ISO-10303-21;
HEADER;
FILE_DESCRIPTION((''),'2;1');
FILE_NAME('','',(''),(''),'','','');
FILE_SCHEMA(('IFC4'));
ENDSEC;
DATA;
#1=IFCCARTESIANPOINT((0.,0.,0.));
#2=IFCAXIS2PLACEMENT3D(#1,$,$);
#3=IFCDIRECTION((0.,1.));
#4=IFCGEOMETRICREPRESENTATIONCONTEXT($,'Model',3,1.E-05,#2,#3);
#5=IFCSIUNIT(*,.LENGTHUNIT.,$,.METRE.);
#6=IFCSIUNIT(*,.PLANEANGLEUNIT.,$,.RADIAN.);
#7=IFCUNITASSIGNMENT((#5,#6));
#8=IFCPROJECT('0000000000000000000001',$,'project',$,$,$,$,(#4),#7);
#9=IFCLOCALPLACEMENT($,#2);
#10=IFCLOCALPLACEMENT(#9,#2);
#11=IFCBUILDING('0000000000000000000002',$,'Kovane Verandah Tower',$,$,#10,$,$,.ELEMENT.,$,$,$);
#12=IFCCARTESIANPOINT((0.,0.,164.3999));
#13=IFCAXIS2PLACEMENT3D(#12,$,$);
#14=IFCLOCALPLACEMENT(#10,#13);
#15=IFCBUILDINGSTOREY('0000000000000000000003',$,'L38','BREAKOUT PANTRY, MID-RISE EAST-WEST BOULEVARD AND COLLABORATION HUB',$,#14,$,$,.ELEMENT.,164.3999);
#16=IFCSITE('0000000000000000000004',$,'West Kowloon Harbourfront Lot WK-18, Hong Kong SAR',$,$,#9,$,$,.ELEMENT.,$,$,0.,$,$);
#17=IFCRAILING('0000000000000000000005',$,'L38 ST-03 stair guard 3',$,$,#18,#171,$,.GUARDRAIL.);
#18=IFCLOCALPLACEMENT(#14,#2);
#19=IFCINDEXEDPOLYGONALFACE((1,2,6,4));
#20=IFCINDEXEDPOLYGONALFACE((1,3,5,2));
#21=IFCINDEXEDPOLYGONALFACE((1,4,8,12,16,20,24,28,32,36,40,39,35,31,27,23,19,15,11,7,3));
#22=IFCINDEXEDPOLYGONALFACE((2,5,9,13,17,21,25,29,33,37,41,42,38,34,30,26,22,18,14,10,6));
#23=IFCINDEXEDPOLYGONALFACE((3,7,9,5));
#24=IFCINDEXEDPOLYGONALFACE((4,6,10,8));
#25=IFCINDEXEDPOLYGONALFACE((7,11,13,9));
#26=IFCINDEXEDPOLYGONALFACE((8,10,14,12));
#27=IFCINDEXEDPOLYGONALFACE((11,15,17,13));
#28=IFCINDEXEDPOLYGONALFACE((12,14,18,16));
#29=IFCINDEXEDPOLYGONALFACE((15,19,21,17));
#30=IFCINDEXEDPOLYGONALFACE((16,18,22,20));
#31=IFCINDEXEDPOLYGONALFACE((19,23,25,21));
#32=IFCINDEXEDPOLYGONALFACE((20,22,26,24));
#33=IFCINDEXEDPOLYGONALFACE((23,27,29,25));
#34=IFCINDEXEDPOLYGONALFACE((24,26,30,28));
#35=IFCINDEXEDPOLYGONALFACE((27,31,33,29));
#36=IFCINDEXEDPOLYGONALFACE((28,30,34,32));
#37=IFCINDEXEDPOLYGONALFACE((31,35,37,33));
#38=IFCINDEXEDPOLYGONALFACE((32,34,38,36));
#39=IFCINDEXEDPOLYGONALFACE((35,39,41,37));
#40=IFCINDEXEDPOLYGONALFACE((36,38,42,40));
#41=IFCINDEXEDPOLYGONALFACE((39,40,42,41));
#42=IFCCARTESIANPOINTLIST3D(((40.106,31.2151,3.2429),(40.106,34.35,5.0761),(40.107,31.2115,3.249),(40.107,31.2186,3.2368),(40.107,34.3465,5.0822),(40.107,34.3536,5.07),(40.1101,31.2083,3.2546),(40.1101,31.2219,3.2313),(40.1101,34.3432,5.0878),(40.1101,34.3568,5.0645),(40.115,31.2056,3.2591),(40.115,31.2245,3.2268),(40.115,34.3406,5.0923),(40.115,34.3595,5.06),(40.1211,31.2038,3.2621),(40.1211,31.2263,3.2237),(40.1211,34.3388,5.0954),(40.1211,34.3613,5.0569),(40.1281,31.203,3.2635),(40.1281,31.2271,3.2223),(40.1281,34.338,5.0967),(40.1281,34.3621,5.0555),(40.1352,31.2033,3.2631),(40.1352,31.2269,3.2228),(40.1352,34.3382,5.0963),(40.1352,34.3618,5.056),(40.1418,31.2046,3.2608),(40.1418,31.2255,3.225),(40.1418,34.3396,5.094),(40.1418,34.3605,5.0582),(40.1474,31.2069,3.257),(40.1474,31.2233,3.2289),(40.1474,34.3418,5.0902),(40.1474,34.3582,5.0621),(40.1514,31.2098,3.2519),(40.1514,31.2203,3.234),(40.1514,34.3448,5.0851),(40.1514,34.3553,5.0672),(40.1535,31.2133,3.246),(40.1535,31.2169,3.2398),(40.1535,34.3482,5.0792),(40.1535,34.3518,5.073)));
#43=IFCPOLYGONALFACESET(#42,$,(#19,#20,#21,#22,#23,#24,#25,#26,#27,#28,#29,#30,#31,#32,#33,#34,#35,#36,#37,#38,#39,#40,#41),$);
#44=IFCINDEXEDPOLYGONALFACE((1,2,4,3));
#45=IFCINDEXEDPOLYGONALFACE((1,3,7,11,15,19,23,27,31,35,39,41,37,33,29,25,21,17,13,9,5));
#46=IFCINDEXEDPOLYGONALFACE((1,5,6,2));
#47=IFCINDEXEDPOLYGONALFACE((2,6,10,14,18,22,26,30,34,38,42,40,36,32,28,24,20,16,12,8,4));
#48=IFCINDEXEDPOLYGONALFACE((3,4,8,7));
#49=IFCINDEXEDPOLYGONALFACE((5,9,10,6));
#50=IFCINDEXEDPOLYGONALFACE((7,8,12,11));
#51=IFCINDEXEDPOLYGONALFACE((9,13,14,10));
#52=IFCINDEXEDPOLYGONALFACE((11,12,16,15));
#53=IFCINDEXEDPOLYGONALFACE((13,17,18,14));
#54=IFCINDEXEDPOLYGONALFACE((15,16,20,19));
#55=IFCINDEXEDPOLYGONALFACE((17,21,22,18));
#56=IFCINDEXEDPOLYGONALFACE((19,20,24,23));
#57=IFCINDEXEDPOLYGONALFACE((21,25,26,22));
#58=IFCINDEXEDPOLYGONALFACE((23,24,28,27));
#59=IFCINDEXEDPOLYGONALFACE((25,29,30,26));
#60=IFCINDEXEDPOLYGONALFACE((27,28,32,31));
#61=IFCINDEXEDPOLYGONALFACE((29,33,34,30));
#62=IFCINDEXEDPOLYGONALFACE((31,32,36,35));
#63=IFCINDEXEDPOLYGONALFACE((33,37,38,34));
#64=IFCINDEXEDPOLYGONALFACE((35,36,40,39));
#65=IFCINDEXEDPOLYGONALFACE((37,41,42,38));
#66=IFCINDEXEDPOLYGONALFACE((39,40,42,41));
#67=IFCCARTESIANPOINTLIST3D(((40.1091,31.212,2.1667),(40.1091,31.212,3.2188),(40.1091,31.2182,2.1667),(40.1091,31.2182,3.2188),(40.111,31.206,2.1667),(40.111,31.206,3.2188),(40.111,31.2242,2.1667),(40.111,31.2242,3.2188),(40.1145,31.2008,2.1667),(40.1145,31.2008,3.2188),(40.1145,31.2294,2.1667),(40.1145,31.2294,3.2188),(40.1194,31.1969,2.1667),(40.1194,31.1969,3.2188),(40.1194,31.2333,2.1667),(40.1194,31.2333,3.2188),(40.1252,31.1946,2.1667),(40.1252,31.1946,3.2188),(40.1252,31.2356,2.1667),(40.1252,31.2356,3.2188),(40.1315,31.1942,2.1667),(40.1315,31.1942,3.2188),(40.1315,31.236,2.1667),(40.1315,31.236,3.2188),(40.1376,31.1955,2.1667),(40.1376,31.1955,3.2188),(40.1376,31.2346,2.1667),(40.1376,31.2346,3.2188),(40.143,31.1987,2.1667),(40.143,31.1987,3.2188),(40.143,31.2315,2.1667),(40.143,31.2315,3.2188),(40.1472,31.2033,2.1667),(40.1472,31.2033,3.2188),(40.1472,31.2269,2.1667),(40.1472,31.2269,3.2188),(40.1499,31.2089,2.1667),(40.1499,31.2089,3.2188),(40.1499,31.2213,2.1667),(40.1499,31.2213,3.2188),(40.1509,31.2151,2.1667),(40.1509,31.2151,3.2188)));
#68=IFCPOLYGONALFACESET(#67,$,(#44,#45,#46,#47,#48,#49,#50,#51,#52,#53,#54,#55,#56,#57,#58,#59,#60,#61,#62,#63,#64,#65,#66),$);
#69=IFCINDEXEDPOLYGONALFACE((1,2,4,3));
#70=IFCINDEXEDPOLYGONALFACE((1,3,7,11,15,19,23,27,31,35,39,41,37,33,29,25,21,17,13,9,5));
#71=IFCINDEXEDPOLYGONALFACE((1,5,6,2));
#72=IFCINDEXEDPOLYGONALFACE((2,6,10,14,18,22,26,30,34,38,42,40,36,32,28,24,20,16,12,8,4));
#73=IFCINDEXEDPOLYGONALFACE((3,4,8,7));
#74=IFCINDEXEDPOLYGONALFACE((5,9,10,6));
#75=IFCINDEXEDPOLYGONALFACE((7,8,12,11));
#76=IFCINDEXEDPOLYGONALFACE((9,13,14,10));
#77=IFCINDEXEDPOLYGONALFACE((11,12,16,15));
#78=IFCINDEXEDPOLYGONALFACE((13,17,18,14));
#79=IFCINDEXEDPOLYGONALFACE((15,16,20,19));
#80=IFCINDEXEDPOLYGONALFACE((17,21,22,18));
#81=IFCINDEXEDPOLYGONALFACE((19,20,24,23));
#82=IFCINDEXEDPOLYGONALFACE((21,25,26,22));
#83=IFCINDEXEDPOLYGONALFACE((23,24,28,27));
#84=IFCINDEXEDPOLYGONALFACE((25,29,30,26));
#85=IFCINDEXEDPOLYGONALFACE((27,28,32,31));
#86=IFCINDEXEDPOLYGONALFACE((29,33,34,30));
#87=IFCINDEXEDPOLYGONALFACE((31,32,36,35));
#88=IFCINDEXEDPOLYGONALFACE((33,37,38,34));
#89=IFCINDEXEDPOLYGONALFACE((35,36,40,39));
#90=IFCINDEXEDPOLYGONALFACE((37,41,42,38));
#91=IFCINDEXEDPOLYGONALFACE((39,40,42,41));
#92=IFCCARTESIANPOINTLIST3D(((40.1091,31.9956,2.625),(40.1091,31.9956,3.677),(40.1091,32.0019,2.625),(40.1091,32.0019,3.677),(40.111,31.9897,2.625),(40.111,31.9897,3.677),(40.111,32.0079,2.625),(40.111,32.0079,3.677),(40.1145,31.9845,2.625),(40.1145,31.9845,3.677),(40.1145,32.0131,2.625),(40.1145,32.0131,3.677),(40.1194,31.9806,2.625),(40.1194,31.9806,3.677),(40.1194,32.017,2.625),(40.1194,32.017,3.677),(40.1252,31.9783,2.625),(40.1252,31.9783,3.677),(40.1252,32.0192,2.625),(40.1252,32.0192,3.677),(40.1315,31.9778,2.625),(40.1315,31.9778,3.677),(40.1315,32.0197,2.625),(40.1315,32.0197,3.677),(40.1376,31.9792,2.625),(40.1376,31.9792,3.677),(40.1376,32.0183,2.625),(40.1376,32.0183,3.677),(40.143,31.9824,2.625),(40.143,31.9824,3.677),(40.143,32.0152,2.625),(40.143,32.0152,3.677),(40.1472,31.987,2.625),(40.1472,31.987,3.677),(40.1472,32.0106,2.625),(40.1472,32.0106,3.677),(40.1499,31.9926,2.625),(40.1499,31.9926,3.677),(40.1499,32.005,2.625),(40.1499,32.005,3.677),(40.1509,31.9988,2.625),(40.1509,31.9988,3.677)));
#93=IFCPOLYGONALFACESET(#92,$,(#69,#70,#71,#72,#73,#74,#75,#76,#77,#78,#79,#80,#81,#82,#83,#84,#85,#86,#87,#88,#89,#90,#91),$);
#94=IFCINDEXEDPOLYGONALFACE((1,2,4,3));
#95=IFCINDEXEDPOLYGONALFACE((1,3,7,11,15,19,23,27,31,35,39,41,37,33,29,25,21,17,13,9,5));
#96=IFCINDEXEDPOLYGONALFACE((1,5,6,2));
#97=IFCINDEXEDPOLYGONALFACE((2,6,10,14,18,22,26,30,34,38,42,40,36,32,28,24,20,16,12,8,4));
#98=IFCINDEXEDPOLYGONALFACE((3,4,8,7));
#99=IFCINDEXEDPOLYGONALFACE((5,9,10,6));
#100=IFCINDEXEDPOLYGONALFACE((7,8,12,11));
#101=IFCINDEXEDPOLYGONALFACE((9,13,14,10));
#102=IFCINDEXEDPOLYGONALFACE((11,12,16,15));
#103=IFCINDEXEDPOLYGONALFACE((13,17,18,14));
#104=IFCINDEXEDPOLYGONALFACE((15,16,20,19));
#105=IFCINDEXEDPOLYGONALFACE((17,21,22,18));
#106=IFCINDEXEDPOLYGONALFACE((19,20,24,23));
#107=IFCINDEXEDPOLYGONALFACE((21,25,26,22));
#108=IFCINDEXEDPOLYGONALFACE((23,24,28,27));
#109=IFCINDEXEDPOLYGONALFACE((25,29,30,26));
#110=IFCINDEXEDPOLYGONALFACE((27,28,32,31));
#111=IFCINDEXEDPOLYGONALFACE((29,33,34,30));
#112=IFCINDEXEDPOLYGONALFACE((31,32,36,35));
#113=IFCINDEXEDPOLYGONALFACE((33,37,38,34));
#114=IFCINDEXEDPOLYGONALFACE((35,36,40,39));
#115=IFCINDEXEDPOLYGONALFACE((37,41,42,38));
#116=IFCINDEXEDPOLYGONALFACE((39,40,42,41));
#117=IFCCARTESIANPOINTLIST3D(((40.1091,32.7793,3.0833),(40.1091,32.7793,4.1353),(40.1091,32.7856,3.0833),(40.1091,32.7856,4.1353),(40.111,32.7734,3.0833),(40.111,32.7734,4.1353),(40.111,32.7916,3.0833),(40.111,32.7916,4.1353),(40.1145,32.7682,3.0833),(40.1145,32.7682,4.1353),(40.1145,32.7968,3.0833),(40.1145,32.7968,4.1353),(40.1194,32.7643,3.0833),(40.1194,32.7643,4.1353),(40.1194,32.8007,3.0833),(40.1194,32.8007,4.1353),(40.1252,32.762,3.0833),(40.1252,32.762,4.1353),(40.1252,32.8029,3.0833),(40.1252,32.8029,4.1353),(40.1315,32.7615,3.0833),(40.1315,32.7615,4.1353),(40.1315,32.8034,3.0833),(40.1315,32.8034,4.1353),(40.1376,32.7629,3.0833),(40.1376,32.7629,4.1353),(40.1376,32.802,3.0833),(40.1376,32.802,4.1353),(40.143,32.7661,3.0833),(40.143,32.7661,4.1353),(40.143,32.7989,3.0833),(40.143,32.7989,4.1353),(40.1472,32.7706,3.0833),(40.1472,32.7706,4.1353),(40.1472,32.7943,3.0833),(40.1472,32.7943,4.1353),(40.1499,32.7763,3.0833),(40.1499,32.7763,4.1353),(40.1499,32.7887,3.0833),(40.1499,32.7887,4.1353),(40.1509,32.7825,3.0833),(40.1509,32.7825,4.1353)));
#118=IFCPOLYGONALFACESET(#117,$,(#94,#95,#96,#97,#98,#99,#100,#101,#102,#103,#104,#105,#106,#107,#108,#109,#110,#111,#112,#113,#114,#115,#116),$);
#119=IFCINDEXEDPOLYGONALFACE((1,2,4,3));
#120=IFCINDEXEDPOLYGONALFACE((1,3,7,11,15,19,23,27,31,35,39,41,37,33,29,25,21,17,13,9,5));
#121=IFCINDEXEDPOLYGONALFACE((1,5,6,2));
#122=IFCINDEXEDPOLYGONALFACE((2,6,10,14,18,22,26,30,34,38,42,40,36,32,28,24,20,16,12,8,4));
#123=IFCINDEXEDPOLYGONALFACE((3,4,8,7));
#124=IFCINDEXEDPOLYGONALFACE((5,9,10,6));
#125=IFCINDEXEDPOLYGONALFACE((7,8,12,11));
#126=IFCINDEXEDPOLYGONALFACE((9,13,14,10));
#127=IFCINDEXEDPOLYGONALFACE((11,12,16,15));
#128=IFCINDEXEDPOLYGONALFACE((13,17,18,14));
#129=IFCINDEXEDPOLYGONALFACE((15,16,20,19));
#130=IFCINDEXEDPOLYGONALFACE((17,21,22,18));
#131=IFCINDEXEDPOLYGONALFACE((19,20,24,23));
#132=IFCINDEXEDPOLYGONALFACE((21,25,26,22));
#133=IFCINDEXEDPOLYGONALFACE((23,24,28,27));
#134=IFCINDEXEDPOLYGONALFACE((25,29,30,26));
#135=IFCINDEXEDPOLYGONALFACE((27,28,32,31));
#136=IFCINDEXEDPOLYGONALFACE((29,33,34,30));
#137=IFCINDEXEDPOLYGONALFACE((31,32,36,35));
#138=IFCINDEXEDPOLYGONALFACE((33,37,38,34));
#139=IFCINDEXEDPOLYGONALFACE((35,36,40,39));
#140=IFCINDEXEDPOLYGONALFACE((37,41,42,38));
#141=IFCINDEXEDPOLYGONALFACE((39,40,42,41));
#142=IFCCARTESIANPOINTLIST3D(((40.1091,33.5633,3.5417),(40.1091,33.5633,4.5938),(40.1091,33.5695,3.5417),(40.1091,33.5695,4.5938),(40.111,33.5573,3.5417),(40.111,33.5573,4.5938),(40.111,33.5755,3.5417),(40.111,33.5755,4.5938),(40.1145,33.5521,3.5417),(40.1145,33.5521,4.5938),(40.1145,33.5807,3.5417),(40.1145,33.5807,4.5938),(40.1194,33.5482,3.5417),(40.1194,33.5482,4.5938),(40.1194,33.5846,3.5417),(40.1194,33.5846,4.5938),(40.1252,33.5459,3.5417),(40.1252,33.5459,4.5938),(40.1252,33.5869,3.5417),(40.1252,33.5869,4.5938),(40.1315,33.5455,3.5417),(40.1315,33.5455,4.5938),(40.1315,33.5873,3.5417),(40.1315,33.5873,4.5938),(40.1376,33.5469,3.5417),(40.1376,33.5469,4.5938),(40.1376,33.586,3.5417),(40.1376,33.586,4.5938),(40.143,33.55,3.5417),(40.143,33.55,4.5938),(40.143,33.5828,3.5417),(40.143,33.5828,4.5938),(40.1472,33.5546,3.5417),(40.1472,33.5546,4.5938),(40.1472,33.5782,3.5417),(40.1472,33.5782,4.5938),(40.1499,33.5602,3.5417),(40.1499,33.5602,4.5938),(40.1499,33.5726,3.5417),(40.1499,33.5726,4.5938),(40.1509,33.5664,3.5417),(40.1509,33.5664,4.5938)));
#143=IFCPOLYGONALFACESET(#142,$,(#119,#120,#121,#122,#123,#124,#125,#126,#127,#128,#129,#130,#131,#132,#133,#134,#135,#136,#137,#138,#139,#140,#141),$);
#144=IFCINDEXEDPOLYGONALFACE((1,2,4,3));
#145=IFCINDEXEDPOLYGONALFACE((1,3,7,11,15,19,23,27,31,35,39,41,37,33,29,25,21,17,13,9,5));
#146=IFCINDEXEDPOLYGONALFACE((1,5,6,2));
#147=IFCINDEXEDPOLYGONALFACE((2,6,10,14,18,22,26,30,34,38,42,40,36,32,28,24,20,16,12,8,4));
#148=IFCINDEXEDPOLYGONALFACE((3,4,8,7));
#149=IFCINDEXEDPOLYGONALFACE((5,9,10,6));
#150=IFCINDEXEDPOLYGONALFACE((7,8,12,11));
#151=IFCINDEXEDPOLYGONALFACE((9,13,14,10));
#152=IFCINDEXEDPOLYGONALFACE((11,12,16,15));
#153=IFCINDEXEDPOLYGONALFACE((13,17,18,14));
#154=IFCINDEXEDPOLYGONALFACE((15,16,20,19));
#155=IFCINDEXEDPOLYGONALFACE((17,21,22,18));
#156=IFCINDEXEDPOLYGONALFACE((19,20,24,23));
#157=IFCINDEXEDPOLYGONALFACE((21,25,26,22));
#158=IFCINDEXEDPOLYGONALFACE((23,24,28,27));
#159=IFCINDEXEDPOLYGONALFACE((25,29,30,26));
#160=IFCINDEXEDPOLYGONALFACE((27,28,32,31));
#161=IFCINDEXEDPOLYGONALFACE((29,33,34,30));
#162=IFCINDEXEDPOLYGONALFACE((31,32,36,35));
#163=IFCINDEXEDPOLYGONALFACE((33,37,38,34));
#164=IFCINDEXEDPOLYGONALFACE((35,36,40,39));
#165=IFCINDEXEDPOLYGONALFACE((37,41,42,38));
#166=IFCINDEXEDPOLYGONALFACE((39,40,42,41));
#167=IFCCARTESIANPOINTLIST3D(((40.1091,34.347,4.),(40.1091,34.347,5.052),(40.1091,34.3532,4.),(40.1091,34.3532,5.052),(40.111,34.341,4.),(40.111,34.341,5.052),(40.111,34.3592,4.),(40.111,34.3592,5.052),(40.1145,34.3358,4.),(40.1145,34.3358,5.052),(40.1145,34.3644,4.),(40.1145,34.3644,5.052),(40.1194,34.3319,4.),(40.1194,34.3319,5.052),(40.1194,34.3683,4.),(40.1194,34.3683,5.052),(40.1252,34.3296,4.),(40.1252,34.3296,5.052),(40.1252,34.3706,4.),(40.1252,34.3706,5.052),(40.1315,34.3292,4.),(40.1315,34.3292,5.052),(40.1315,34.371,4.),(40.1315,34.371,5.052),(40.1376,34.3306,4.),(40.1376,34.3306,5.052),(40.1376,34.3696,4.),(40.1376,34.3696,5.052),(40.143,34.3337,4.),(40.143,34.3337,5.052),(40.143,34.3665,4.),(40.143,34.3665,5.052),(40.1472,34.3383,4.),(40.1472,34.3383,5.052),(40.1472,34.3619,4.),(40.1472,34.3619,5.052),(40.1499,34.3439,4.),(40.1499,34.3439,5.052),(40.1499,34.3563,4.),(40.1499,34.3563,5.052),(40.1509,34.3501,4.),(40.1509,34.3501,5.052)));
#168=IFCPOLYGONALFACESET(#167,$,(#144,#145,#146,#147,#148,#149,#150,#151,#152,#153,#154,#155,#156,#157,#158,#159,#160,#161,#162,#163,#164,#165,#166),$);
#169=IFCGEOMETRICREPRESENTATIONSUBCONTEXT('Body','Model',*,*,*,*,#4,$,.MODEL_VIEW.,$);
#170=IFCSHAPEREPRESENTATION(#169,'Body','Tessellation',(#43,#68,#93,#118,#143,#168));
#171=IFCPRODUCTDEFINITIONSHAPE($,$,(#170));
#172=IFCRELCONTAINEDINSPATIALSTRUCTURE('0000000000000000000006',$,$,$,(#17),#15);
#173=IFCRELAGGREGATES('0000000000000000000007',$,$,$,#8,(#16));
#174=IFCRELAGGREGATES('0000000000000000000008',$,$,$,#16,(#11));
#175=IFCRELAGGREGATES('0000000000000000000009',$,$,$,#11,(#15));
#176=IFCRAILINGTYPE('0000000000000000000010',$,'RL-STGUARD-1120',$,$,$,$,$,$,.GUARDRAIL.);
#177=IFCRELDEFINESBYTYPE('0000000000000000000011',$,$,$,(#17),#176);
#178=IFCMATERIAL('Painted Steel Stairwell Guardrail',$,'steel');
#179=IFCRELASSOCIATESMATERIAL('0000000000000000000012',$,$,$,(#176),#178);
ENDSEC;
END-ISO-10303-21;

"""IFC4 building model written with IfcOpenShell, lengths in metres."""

from ifc_helpers import new_model, si_unit, direction, frame, origin, origin_2d, place, context, subcontext, project, spatial, circle, extrude, material, type_object, element, save


model = new_model("IFC4")

# Units and contexts
model_context = context("Model", 3, precision=1e-05, world=origin(), true_north=direction((0.0, 1.0)))
body_context = subcontext(model_context, "Body", "Model", "MODEL_VIEW")
ifc_project = project(units=[si_unit("LENGTHUNIT", "METRE"), si_unit("PLANEANGLEUNIT", "RADIAN")], contexts=[model_context])

# Site, building, storey
site_placement = place(None, origin())
site = spatial("IfcSite", under=ifc_project, at=site_placement, Name="West Kowloon Harbourfront Lot WK-18, Hong Kong SAR", CompositionType="ELEMENT", RefElevation=0.0)
building_placement = place(site_placement, origin())
building = spatial("IfcBuilding", under=site, at=building_placement, Name="Kovane Verandah Tower", CompositionType="ELEMENT")
storey_placement = place(building_placement, frame((0.0, 0.0, 164.3999)))
storey = spatial("IfcBuildingStorey", under=building, at=storey_placement, Name="L38", Description="BREAKOUT PANTRY, MID-RISE EAST-WEST BOULEVARD AND COLLABORATION HUB", CompositionType="ELEMENT", Elevation=164.3999)

# Railing
ifc_material_1 = material(Name="Painted Steel Stairwell Guardrail", Category="steel")
railing_type_1 = type_object("IfcRailingType", Name="RL-STGUARD-1120", PredefinedType="GUARDRAIL", material=ifc_material_1)
railing_1_placement = place(storey_placement, frame((40.1299, 31.2151, 2.1667)))
element("IfcRailing", 1, at=railing_1_placement, inside=storey, type_object=railing_type_1, Name="L38 ST-03 stair guard 3", PredefinedType="GUARDRAIL", context=body_context, shape_type="SweptSolid", body=[
    extrude(circle(Radius=0.0239, at=origin_2d()), frame((0.0, 0.0, 1.0762), z_axis=(0.0, 0.86324, 0.504794), x_axis=(-1.0, 0.0, 0.0)), (0.0, 0.0, 1.0), 3.6316),
    extrude(circle(Radius=0.021, at=origin_2d()), origin(), (0.0, 0.0, 1.0), 1.052),
    extrude(circle(Radius=0.021, at=origin_2d()), frame((0.0, 0.7837, 0.4583)), (0.0, 0.0, 1.0), 1.052),
    extrude(circle(Radius=0.021, at=origin_2d()), frame((0.0, 1.5674, 0.9165)), (0.0, 0.0, 1.0), 1.052),
    extrude(circle(Radius=0.021, at=origin_2d()), frame((0.0, 2.3513, 1.375)), (0.0, 0.0, 1.0), 1.052),
    extrude(circle(Radius=0.021, at=origin_2d()), frame((0.0, 3.135, 1.8333)), (0.0, 0.0, 1.0), 1.052),
])

save(model, "model.ifc")
